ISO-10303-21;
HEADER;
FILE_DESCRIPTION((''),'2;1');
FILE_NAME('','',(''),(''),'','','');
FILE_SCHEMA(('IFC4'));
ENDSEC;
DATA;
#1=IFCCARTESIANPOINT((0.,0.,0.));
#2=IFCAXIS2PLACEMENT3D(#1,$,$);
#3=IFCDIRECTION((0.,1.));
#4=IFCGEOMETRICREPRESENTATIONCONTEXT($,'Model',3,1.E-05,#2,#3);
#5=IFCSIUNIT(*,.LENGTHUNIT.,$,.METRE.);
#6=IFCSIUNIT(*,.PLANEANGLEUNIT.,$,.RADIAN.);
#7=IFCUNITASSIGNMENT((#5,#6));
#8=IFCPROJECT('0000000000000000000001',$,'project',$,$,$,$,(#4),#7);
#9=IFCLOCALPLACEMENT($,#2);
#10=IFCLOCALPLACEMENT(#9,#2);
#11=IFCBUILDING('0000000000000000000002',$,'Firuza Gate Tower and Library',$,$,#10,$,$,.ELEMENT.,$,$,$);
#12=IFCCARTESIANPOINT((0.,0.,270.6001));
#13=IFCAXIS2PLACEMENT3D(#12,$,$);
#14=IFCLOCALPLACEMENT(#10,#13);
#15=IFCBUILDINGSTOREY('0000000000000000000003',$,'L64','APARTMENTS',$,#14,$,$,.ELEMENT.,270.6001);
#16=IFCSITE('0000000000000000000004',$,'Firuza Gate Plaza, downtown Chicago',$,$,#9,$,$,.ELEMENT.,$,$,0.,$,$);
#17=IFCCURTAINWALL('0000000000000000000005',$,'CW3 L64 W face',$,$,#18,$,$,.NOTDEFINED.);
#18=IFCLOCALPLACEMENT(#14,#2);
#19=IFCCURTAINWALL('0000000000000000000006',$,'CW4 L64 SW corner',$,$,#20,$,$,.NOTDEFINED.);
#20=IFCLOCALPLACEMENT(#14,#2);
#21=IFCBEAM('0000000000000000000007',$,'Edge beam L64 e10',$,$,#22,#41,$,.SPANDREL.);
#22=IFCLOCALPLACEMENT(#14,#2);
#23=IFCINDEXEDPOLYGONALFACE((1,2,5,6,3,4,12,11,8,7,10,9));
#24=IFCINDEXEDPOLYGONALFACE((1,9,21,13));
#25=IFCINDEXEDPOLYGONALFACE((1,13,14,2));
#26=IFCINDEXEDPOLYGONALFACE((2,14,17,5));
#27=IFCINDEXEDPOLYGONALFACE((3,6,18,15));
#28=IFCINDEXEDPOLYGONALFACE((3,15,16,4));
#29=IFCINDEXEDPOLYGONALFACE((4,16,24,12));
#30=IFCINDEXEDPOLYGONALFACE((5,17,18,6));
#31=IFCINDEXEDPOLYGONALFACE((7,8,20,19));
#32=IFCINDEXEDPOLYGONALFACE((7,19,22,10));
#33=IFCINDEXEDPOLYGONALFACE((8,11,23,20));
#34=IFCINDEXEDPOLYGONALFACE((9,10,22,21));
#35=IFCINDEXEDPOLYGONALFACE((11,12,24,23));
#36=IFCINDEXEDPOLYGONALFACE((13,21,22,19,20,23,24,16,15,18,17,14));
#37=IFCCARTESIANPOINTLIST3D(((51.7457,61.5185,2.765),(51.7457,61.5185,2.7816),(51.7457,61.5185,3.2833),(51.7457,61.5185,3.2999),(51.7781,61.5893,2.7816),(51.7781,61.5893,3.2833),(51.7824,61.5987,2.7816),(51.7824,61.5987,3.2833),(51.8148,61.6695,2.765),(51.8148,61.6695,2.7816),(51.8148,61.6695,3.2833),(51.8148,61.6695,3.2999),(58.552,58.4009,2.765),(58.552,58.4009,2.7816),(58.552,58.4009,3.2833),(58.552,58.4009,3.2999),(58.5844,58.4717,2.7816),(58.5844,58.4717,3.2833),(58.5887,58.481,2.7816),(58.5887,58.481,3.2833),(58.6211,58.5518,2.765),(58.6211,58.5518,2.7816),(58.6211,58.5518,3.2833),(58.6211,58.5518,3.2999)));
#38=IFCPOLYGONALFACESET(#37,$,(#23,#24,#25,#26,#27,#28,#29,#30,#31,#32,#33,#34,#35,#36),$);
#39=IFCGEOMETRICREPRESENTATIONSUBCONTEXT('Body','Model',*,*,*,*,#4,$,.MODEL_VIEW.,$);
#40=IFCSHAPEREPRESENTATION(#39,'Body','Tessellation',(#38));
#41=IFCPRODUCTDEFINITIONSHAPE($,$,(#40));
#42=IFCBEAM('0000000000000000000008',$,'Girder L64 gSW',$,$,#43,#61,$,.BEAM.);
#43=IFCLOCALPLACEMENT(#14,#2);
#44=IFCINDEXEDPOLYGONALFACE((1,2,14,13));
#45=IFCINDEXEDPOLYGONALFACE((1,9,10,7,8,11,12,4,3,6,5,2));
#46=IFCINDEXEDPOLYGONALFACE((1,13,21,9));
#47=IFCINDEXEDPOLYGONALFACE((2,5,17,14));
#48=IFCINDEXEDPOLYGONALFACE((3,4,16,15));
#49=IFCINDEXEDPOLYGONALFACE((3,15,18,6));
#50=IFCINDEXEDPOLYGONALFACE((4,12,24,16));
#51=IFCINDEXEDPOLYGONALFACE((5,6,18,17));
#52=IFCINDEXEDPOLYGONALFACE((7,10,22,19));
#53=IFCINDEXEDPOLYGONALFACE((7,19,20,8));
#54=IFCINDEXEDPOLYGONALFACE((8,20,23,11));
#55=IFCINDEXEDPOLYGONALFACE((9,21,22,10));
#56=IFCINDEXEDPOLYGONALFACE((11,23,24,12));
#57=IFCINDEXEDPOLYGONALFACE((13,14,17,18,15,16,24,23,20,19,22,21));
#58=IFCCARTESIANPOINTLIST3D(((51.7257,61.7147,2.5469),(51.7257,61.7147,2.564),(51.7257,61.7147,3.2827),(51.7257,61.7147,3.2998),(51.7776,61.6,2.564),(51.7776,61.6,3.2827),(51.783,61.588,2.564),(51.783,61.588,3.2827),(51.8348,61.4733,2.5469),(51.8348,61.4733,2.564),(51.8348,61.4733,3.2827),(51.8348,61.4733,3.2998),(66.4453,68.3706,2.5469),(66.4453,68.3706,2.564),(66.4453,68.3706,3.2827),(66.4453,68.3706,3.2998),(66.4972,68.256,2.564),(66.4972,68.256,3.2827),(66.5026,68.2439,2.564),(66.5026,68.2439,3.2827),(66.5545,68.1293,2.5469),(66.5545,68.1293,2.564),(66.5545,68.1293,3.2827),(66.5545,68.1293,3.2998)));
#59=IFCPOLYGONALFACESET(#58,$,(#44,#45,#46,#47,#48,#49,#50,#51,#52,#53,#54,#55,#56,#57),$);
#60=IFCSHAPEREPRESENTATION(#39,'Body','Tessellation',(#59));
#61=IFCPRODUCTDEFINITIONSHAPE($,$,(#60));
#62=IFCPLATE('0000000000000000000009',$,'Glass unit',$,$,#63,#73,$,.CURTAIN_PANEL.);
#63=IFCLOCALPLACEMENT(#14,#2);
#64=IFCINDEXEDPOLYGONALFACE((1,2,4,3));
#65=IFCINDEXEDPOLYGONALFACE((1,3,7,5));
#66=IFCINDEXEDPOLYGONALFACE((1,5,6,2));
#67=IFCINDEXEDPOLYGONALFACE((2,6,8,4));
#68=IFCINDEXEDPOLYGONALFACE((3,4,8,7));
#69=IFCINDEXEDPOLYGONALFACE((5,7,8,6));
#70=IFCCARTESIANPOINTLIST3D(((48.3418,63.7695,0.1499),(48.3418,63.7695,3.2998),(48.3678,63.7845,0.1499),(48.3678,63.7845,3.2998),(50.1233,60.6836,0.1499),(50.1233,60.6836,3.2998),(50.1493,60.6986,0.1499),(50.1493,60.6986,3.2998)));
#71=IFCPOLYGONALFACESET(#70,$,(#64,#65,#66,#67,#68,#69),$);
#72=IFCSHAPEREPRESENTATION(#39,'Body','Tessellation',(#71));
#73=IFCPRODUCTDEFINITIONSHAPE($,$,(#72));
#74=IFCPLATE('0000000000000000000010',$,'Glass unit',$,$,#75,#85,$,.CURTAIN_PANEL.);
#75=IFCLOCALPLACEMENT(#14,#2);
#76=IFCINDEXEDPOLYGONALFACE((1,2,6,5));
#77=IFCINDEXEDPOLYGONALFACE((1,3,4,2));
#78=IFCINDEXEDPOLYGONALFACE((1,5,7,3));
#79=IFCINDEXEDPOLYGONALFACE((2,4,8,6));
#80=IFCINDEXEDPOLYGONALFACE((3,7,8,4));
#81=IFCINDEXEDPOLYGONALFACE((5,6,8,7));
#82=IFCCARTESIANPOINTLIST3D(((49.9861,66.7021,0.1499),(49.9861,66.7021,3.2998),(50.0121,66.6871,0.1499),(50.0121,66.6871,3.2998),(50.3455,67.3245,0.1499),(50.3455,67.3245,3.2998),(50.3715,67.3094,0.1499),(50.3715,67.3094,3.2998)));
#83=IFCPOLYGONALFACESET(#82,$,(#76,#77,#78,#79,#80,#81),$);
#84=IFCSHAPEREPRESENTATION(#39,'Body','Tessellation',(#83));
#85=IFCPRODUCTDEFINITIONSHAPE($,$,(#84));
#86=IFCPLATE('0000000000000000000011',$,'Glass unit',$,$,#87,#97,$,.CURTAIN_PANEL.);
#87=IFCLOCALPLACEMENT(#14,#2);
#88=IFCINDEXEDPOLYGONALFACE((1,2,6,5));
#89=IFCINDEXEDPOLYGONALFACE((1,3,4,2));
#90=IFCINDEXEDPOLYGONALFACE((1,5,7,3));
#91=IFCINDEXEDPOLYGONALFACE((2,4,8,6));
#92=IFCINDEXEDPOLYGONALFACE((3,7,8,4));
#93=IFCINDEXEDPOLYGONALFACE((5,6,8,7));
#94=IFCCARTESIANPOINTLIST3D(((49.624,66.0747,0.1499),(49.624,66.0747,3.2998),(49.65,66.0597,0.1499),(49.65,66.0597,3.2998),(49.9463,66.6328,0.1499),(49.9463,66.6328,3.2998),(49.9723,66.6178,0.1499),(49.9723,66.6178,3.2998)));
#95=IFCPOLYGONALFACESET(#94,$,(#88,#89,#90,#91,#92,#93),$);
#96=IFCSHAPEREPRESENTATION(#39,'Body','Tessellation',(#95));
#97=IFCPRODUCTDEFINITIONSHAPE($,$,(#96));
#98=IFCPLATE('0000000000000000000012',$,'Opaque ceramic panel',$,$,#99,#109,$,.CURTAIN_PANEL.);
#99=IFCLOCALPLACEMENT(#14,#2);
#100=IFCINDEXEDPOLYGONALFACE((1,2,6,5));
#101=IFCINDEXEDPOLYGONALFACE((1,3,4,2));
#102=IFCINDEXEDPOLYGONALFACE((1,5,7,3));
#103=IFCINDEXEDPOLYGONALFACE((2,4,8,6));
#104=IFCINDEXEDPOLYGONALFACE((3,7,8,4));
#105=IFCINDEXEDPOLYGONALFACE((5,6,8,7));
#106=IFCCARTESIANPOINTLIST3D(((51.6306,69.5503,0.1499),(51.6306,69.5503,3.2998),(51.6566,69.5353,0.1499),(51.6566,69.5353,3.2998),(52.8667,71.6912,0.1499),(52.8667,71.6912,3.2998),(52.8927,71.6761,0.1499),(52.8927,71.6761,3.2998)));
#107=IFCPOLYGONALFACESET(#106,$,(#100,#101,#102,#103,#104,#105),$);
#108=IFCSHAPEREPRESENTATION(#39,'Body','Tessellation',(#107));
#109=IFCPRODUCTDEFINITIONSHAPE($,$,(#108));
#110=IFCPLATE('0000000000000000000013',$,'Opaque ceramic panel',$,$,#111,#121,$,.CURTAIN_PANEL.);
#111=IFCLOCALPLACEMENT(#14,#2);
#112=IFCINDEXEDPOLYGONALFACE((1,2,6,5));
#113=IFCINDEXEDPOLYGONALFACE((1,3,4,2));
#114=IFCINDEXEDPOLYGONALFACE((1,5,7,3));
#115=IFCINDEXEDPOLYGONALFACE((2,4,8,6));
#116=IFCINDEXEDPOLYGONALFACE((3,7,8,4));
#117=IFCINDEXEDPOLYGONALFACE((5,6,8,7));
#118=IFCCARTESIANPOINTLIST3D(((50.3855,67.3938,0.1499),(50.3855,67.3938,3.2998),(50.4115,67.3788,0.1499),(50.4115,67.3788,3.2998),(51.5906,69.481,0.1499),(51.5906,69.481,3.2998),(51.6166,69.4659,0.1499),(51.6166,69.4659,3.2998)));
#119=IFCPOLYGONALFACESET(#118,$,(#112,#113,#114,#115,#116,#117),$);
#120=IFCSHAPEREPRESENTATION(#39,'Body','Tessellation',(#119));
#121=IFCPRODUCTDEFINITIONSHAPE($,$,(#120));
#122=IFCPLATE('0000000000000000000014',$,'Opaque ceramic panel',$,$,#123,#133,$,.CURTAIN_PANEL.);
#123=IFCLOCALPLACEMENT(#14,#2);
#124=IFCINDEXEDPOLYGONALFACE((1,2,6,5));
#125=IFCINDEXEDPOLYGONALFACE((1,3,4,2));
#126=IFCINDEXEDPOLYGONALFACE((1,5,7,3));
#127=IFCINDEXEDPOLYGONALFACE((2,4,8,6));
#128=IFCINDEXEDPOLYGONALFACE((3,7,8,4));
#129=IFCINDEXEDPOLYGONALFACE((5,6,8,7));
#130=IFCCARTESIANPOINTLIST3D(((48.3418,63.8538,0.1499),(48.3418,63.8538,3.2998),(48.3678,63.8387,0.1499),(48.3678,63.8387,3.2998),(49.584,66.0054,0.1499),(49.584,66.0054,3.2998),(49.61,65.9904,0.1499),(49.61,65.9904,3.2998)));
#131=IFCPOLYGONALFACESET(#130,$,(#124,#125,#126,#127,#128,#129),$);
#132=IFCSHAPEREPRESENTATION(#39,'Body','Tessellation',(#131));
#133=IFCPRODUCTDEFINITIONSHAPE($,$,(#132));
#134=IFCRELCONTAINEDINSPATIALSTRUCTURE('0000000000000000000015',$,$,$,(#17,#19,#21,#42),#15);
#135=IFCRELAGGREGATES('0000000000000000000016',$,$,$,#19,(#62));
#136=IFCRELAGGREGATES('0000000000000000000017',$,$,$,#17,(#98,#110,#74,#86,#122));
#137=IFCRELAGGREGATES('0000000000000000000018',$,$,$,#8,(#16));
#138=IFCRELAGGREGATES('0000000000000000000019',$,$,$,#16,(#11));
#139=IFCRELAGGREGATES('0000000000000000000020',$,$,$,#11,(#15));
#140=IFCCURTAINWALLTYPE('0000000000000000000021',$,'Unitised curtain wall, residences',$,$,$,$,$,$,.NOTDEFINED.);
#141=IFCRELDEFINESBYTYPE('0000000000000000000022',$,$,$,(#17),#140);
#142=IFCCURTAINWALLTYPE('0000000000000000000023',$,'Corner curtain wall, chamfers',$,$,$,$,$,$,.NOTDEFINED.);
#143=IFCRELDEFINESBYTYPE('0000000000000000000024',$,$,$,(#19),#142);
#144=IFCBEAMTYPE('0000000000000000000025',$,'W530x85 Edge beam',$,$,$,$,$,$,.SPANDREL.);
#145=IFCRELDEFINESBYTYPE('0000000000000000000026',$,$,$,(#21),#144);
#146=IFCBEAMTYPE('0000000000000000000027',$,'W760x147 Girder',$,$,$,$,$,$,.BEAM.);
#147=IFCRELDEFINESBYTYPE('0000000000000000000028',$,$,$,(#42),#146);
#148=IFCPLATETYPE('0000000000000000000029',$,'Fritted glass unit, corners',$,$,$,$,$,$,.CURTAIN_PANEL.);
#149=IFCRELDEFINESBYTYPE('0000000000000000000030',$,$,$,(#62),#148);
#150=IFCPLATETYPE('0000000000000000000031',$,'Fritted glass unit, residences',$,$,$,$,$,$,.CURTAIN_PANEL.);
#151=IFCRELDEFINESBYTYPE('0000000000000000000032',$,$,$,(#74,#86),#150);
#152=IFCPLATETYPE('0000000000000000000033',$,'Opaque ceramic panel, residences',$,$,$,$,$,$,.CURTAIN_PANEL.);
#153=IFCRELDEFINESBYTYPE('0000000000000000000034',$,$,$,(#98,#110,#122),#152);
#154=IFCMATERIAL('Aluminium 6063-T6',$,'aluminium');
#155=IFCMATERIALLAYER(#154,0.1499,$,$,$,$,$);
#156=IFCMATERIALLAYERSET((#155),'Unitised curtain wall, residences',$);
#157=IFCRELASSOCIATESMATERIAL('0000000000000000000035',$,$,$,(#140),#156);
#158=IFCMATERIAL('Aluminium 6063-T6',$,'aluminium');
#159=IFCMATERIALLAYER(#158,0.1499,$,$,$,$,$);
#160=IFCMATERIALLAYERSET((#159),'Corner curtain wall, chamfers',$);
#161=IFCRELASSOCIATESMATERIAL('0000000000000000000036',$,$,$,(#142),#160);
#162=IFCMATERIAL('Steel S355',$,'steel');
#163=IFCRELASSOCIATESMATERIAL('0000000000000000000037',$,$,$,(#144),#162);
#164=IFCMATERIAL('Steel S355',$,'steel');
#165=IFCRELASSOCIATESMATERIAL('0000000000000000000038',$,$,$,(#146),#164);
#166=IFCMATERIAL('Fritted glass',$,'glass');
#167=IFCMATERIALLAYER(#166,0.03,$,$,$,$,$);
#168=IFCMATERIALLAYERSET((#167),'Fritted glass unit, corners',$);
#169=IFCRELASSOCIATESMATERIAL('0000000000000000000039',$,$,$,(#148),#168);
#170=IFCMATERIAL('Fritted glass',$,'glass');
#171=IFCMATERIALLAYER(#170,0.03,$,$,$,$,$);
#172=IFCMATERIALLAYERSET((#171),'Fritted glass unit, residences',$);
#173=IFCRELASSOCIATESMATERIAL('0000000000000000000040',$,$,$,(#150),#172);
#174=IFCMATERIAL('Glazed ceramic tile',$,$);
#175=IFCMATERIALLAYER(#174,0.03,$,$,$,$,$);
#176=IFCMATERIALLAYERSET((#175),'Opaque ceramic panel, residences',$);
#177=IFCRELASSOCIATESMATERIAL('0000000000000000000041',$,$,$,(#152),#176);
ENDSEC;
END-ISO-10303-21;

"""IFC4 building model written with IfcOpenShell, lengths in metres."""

from ifc_helpers import new_model, si_unit, direction, frame, origin, origin_2d, place, context, subcontext, project, spatial, polyline, i_section, outline, extrude, material, layer, layer_set, material_profile, profile_set, type_object, element, aggregate, save


model = new_model("IFC4")

# Units and contexts
model_context = context("Model", 3, precision=1e-05, world=origin(), true_north=direction((0.0, 1.0)))
body_context = subcontext(model_context, "Body", "Model", "MODEL_VIEW")
ifc_project = project(units=[si_unit("LENGTHUNIT", "METRE"), si_unit("PLANEANGLEUNIT", "RADIAN")], contexts=[model_context])

# Site, building, storey
site_placement = place(None, origin())
site = spatial("IfcSite", under=ifc_project, at=site_placement, Name="Firuza Gate Plaza, downtown Chicago", CompositionType="ELEMENT", RefElevation=0.0)
building_placement = place(site_placement, origin())
building = spatial("IfcBuilding", under=site, at=building_placement, Name="Firuza Gate Tower and Library", CompositionType="ELEMENT")
storey_placement = place(building_placement, frame((0.0, 0.0, 270.6001)))
storey = spatial("IfcBuildingStorey", under=building, at=storey_placement, Name="L64", Description="APARTMENTS", CompositionType="ELEMENT", Elevation=270.6001)

# Curtain walls
ifc_material_1 = material(Name="Aluminium 6063-T6", Category="aluminium")
ifc_layer_1 = layer(ifc_material_1, 0.1499)
ifc_layer_set_1 = layer_set([ifc_layer_1], Name="Unitised curtain wall, residences")
curtain_wall_type_1 = type_object("IfcCurtainWallType", Name="Unitised curtain wall, residences", PredefinedType="NOTDEFINED", material=ifc_layer_set_1)
placement = place(storey_placement, origin())
curtain_wall_1 = element("IfcCurtainWall", 1, at=placement, inside=storey, type_object=curtain_wall_type_1, Name="CW3 L64 W face", PredefinedType="NOTDEFINED")
ifc_material_2 = material(Name="Aluminium 6063-T6", Category="aluminium")
ifc_layer_2 = layer(ifc_material_2, 0.1499)
ifc_layer_set_2 = layer_set([ifc_layer_2], Name="Corner curtain wall, chamfers")
curtain_wall_type_2 = type_object("IfcCurtainWallType", Name="Corner curtain wall, chamfers", PredefinedType="NOTDEFINED", material=ifc_layer_set_2)
curtain_wall_2 = element("IfcCurtainWall", 2, at=placement, inside=storey, type_object=curtain_wall_type_2, Name="CW4 L64 SW corner", PredefinedType="NOTDEFINED")

# Beams
ifc_material_3 = material(Name="Steel S355", Category="steel")
ifc_material_profile_1 = material_profile(ifc_material_3, i_section(OverallWidth=0.166, OverallDepth=0.5349, WebThickness=0.0103, FlangeThickness=0.0166, at=origin_2d()))
ifc_profile_set_1 = profile_set([ifc_material_profile_1], Name="Steel S355")
beam_type_1 = type_object("IfcBeamType", Name="W530x85 Edge beam", PredefinedType="SPANDREL", material=ifc_profile_set_1)
beam_1_placement = place(storey_placement, frame((51.7803, 61.594, 3.0325), z_axis=(0.909162, -0.416442, 0.0), x_axis=(0.416442, 0.909162, 0.0)))
element("IfcBeam", 3, at=beam_1_placement, inside=storey, type_object=beam_type_1, Name="Edge beam L64 e10", PredefinedType="SPANDREL", context=body_context, shape_type="SweptSolid", body=[
    extrude(i_section(OverallWidth=0.166, OverallDepth=0.5349, WebThickness=0.0103, FlangeThickness=0.0166, at=origin_2d()), origin(), (0.0, 0.0, 1.0), 7.4863),
])
ifc_material_4 = material(Name="Steel S355", Category="steel")
ifc_material_profile_2 = material_profile(ifc_material_4, i_section(OverallWidth=0.2649, OverallDepth=0.7529, WebThickness=0.0132, FlangeThickness=0.0171, at=origin_2d()))
ifc_profile_set_2 = profile_set([ifc_material_profile_2], Name="Steel S355")
beam_type_2 = type_object("IfcBeamType", Name="W760x147 Girder", PredefinedType="BEAM", material=ifc_profile_set_2)
beam_2_placement = place(storey_placement, frame((51.7803, 61.594, 2.9233), z_axis=(0.911176, 0.412018, 0.0), x_axis=(-0.412018, 0.911176, 0.0)))
element("IfcBeam", 4, at=beam_2_placement, inside=storey, type_object=beam_type_2, Name="Girder L64 gSW", PredefinedType="BEAM", context=body_context, shape_type="SweptSolid", body=[
    extrude(i_section(OverallWidth=0.2649, OverallDepth=0.7529, WebThickness=0.0132, FlangeThickness=0.0171, at=origin_2d()), origin(), (0.0, 0.0, 1.0), 16.1545),
])

# Plates
ifc_material_5 = material(Name="Fritted glass", Category="glass")
ifc_layer_3 = layer(ifc_material_5, 0.03)
ifc_layer_set_3 = layer_set([ifc_layer_3], Name="Fritted glass unit, corners")
plate_type_1 = type_object("IfcPlateType", Name="Fritted glass unit, corners", PredefinedType="CURTAIN_PANEL", material=ifc_layer_set_3)
plate_1_placement = place(storey_placement, frame((48.3418, 63.7695, 0.1499), z_axis=(-0.866046, -0.499964, 0.0), x_axis=(0.499964, -0.866046, 0.0)))
plate_1 = element("IfcPlate", 5, at=plate_1_placement, type_object=plate_type_1, Name="Glass unit", PredefinedType="CURTAIN_PANEL", context=body_context, shape_type="SweptSolid", body=[
    extrude(outline(polyline([(0.0, 0.0), (3.5632, 0.0), (3.5632, 3.1499), (0.0, 3.1499), (0.0, 0.0)])), origin(), (0.0, 0.0, -1.0), 0.03),
])
aggregate(curtain_wall_2, [plate_1])
ifc_material_6 = material(Name="Fritted glass", Category="glass")
ifc_layer_4 = layer(ifc_material_6, 0.03)
ifc_layer_set_4 = layer_set([ifc_layer_4], Name="Fritted glass unit, residences")
plate_type_2 = type_object("IfcPlateType", Name="Fritted glass unit, residences", PredefinedType="CURTAIN_PANEL", material=ifc_layer_set_4)
plate_2_placement = place(storey_placement, frame((50.3455, 67.3245, 0.1499), z_axis=(-0.865976, 0.500085, 0.0), x_axis=(-0.500085, -0.865976, 0.0)))
plate_2 = element("IfcPlate", 6, at=plate_2_placement, type_object=plate_type_2, Name="Glass unit", PredefinedType="CURTAIN_PANEL", context=body_context, shape_type="SweptSolid", body=[
    extrude(outline(polyline([(0.0, 0.0), (0.7186, 0.0), (0.7186, 3.1499), (0.0, 3.1499), (0.0, 0.0)])), origin(), (0.0, 0.0, -1.0), 0.03),
])
plate_3_placement = place(storey_placement, frame((49.9463, 66.6328, 0.1499), z_axis=(-0.865996, 0.50005, 0.0), x_axis=(-0.50005, -0.865996, 0.0)))
plate_3 = element("IfcPlate", 7, at=plate_3_placement, type_object=plate_type_2, Name="Glass unit", PredefinedType="CURTAIN_PANEL", context=body_context, shape_type="SweptSolid", body=[
    extrude(outline(polyline([(0.0, 0.0), (0.6445, 0.0), (0.6445, 3.1499), (0.0, 3.1499), (0.0, 0.0)])), origin(), (0.0, 0.0, -1.0), 0.03),
])
ifc_material_7 = material(Name="Glazed ceramic tile")
ifc_layer_5 = layer(ifc_material_7, 0.03)
ifc_layer_set_5 = layer_set([ifc_layer_5], Name="Opaque ceramic panel, residences")
plate_type_3 = type_object("IfcPlateType", Name="Opaque ceramic panel, residences", PredefinedType="CURTAIN_PANEL", material=ifc_layer_set_5)
plate_4_placement = place(storey_placement, frame((52.8667, 71.6912, 0.1499), z_axis=(-0.866016, 0.500016, 0.0), x_axis=(-0.500016, -0.866016, 0.0)))
plate_4 = element("IfcPlate", 8, at=plate_4_placement, type_object=plate_type_3, Name="Opaque ceramic panel", PredefinedType="CURTAIN_PANEL", context=body_context, shape_type="SweptSolid", body=[
    extrude(outline(polyline([(0.0, 0.0), (2.4721, 0.0), (2.4721, 3.1499), (0.0, 3.1499), (0.0, 0.0)])), origin(), (0.0, 0.0, -1.0), 0.03),
])
plate_5_placement = place(storey_placement, frame((51.5906, 69.481, 0.1499), z_axis=(-0.866015, 0.500018, 0.0), x_axis=(-0.500018, -0.866015, 0.0)))
plate_5 = element("IfcPlate", 9, at=plate_5_placement, type_object=plate_type_3, Name="Opaque ceramic panel", PredefinedType="CURTAIN_PANEL", context=body_context, shape_type="SweptSolid", body=[
    extrude(outline(polyline([(0.0, 0.0), (2.4101, 0.0), (2.4101, 3.1499), (0.0, 3.1499), (0.0, 0.0)])), origin(), (0.0, 0.0, -1.0), 0.03),
])
plate_6_placement = place(storey_placement, frame((49.584, 66.0054, 0.1499), z_axis=(-0.866033, 0.499986, 0.0), x_axis=(-0.499986, -0.866033, 0.0)))
plate_6 = element("IfcPlate", 10, at=plate_6_placement, type_object=plate_type_3, Name="Opaque ceramic panel", PredefinedType="CURTAIN_PANEL", context=body_context, shape_type="SweptSolid", body=[
    extrude(outline(polyline([(0.0, 0.0), (2.4844, 0.0), (2.4844, 3.1499), (0.0, 3.1499), (0.0, 0.0)])), origin(), (0.0, 0.0, -1.0), 0.03),
])
aggregate(curtain_wall_1, [plate_4, plate_5, plate_2, plate_3, plate_6])

save(model, "model.ifc")
